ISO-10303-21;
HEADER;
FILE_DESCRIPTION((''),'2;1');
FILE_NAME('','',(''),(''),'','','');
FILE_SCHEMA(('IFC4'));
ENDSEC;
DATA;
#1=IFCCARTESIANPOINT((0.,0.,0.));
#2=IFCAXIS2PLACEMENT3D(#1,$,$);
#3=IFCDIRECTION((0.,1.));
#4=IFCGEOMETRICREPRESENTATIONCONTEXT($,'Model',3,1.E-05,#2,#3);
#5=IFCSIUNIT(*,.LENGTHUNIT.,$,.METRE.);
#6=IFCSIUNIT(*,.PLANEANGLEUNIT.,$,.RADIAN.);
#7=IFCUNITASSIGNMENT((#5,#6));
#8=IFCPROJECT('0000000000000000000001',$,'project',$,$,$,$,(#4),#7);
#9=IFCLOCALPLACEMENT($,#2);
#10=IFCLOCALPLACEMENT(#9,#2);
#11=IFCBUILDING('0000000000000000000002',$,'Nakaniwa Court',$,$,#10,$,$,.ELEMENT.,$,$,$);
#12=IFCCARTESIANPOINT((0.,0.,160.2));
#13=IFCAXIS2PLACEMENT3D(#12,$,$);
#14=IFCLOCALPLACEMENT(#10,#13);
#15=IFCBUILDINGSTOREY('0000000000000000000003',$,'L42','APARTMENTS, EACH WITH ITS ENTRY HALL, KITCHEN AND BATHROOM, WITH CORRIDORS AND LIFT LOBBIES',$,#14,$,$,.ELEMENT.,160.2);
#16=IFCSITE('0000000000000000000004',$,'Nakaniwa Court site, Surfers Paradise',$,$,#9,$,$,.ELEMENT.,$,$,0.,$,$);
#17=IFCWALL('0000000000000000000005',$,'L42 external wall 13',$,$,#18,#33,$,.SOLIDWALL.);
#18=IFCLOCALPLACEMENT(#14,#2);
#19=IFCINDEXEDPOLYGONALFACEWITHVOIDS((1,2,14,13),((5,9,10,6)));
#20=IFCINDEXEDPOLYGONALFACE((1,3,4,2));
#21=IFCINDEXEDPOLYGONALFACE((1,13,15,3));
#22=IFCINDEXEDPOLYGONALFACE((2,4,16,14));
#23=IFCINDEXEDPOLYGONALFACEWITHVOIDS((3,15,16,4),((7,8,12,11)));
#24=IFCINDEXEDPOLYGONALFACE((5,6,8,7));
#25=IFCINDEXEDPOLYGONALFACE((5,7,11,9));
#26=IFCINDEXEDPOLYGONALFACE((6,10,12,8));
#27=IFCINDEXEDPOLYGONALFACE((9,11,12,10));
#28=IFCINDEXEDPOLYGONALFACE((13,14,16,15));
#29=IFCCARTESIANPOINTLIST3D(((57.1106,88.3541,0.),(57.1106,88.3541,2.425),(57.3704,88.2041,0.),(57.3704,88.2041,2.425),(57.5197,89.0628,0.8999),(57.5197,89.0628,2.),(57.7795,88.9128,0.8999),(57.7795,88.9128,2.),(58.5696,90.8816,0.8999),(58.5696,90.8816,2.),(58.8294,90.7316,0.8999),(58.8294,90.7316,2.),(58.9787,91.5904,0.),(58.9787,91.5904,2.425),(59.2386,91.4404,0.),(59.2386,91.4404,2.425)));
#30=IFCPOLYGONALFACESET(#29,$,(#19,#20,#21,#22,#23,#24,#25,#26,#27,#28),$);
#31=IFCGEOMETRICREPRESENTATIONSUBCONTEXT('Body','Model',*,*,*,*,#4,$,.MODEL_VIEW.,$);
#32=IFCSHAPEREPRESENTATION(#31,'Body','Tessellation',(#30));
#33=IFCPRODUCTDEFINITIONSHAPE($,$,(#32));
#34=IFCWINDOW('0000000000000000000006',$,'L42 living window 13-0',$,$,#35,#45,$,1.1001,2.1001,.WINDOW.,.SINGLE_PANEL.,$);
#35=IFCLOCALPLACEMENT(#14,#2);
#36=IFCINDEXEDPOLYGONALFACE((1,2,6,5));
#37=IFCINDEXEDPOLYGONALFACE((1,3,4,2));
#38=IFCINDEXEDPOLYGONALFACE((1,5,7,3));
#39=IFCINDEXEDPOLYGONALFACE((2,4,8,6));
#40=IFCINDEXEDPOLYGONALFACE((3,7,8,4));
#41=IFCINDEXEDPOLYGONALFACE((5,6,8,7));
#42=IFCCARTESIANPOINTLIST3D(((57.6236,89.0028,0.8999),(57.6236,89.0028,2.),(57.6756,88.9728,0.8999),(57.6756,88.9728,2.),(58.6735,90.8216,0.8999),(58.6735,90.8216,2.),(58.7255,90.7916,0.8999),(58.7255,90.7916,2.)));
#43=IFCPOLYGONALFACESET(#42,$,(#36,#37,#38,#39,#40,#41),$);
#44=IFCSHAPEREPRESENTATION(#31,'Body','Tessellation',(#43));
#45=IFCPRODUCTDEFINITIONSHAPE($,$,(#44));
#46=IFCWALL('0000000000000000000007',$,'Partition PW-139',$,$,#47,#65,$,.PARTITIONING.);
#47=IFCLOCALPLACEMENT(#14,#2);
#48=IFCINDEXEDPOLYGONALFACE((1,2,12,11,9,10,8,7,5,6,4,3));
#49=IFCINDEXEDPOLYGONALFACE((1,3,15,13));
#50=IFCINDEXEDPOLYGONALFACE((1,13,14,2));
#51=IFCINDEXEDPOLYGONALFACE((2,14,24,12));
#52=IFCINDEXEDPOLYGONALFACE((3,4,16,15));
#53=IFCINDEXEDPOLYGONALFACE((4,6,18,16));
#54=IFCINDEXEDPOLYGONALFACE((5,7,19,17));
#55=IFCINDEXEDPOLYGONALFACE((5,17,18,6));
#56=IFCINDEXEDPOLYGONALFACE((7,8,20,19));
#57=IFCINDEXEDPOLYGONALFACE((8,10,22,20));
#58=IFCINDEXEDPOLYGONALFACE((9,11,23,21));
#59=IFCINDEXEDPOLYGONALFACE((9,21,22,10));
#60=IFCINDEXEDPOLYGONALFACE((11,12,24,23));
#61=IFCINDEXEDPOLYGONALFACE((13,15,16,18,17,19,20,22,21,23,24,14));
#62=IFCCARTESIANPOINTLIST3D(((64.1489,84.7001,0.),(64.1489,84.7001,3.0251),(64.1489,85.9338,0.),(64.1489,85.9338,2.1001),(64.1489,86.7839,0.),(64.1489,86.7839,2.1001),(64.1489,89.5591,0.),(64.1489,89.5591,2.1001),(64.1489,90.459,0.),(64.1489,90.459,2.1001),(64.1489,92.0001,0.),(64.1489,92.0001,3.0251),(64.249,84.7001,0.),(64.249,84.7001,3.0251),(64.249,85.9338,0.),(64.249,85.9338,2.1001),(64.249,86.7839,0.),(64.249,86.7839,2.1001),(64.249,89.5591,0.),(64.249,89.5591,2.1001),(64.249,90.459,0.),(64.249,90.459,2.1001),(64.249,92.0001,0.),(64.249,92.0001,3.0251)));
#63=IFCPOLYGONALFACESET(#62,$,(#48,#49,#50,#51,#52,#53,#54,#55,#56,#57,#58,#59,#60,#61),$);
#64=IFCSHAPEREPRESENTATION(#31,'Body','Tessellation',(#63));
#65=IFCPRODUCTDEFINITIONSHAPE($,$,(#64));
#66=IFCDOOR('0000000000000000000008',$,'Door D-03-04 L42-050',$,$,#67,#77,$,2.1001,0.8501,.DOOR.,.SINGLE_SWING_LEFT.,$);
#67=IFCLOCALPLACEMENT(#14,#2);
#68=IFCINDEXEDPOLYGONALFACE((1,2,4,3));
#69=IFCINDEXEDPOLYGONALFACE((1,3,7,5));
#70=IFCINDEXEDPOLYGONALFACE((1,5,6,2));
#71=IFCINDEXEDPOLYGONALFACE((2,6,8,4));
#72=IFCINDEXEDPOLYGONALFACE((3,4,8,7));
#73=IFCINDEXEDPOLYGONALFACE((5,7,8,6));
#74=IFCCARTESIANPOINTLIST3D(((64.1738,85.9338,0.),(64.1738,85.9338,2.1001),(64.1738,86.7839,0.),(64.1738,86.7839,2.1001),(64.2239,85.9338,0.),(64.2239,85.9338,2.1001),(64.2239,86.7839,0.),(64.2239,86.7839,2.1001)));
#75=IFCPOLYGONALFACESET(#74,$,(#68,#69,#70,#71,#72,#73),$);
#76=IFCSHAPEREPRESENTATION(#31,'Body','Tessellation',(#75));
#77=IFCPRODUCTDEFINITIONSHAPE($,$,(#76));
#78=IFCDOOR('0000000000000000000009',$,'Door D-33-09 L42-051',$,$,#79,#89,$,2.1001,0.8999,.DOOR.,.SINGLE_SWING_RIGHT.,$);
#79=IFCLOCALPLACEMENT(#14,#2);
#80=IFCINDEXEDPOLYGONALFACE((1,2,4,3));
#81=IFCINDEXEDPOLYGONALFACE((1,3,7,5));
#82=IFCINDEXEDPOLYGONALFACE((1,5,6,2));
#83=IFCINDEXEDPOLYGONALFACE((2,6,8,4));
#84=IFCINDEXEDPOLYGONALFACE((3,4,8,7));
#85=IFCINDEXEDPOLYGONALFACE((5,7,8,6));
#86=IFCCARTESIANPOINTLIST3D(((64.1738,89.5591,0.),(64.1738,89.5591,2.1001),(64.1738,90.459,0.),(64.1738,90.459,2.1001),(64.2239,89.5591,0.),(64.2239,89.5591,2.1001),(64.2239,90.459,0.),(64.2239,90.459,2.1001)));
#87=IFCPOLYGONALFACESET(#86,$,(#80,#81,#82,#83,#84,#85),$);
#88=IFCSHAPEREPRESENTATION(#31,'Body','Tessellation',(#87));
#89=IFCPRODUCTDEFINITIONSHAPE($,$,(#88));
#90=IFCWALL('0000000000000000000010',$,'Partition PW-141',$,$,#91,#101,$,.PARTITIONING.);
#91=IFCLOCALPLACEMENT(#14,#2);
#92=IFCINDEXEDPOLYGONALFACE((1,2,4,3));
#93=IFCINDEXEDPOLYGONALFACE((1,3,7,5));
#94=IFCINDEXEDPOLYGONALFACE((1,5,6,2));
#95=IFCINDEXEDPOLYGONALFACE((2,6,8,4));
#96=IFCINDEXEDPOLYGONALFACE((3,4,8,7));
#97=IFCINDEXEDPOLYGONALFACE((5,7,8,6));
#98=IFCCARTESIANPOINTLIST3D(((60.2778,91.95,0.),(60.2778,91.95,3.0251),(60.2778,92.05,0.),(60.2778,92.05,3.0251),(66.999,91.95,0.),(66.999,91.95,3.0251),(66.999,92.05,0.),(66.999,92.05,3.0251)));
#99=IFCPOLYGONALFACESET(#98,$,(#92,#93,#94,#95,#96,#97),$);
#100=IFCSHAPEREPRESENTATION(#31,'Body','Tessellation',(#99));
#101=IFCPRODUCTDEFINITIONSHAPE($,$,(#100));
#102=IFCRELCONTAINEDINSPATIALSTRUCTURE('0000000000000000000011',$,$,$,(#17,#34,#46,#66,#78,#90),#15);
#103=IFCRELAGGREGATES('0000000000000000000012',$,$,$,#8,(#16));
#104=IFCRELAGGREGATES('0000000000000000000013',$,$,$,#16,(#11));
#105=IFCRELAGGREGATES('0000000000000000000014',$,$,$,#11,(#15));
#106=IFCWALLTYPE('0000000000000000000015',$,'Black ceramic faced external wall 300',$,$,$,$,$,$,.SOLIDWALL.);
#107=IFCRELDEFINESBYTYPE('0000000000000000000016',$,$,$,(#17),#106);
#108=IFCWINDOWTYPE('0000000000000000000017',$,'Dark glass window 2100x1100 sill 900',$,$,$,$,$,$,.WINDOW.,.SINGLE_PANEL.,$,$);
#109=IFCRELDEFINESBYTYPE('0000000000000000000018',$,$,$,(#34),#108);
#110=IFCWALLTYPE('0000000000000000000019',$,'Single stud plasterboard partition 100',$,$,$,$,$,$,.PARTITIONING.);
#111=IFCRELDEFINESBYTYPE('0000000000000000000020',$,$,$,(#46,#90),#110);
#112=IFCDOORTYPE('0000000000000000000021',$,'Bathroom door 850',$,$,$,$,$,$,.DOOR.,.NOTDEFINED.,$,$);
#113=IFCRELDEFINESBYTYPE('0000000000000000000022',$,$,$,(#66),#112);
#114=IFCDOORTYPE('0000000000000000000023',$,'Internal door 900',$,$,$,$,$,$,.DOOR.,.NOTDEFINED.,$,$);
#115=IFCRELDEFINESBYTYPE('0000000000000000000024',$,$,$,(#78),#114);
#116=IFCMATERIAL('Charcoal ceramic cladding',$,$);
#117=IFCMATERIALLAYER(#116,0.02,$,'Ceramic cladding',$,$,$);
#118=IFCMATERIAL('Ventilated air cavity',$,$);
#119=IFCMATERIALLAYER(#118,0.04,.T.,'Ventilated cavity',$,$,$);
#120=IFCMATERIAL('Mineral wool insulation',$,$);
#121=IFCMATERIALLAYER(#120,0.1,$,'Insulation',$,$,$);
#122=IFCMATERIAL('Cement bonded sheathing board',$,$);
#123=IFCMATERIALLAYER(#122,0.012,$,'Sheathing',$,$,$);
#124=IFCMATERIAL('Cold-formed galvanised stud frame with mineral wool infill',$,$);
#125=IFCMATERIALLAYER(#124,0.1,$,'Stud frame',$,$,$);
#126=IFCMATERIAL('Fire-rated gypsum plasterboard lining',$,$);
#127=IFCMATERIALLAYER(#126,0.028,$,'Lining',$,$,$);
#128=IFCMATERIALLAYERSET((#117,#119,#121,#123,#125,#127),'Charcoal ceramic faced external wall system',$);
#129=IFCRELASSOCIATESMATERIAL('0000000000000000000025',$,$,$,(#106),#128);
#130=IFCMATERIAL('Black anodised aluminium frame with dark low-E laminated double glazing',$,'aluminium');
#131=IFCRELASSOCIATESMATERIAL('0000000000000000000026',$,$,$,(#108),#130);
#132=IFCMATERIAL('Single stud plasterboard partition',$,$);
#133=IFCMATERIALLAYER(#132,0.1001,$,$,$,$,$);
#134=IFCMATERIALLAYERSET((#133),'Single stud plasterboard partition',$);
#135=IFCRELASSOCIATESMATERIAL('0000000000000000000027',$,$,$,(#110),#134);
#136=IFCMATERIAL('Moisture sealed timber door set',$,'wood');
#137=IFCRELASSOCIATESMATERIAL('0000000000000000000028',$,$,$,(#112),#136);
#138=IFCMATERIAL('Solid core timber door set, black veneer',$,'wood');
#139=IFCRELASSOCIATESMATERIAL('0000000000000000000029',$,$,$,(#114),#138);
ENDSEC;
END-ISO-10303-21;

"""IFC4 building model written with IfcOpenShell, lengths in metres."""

from ifc_helpers import new_model, si_unit, direction, frame, frame_2d, origin, place, context, subcontext, project, spatial, rectangle, extrude, material, layer, layer_set, type_object, element, fill, save


model = new_model("IFC4")

# Units and contexts
model_context = context("Model", 3, precision=1e-05, world=origin(), true_north=direction((0.0, 1.0)))
body_context = subcontext(model_context, "Body", "Model", "MODEL_VIEW")
ifc_project = project(units=[si_unit("LENGTHUNIT", "METRE"), si_unit("PLANEANGLEUNIT", "RADIAN")], contexts=[model_context])

# Site, building, storey
site_placement = place(None, origin())
site = spatial("IfcSite", under=ifc_project, at=site_placement, Name="Nakaniwa Court site, Surfers Paradise", CompositionType="ELEMENT", RefElevation=0.0)
building_placement = place(site_placement, origin())
building = spatial("IfcBuilding", under=site, at=building_placement, Name="Nakaniwa Court", CompositionType="ELEMENT")
storey_placement = place(building_placement, frame((0.0, 0.0, 160.2)))
storey = spatial("IfcBuildingStorey", under=building, at=storey_placement, Name="L42", Description="APARTMENTS, EACH WITH ITS ENTRY HALL, KITCHEN AND BATHROOM, WITH CORRIDORS AND LIFT LOBBIES", CompositionType="ELEMENT", Elevation=160.2)

# Shared definitions
ifc_material_1 = material(Name="Solid core timber door set, black veneer", Category="wood")

# Shared definitions
ifc_material_2 = material(Name="Charcoal ceramic cladding")
ifc_layer_1 = layer(ifc_material_2, 0.02, Name="Ceramic cladding")
ifc_material_3 = material(Name="Ventilated air cavity")
ifc_layer_2 = layer(ifc_material_3, 0.04, ventilated=True, Name="Ventilated cavity")
ifc_material_4 = material(Name="Mineral wool insulation")
ifc_layer_3 = layer(ifc_material_4, 0.1, Name="Insulation")
ifc_material_5 = material(Name="Cement bonded sheathing board")
ifc_layer_4 = layer(ifc_material_5, 0.012, Name="Sheathing")
ifc_material_6 = material(Name="Cold-formed galvanised stud frame with mineral wool infill")
ifc_layer_5 = layer(ifc_material_6, 0.1, Name="Stud frame")
ifc_material_7 = material(Name="Fire-rated gypsum plasterboard lining")
ifc_layer_6 = layer(ifc_material_7, 0.028, Name="Lining")
ifc_layer_set_1 = layer_set([ifc_layer_1, ifc_layer_2, ifc_layer_3, ifc_layer_4, ifc_layer_5, ifc_layer_6], Name="Charcoal ceramic faced external wall system")
wall_type_1 = type_object("IfcWallType", Name="Black ceramic faced external wall 300", PredefinedType="SOLIDWALL", material=ifc_layer_set_1)

# Wall, opening, window
ifc_material_8 = material(Name="Black anodised aluminium frame with dark low-E laminated double glazing", Category="aluminium")
window_type_1 = type_object("IfcWindowType", Name="Dark glass window 2100x1100 sill 900", PartitioningType="SINGLE_PANEL", PredefinedType="WINDOW", material=ifc_material_8)
wall_1_placement = place(storey_placement, frame((59.1086, 91.5154, 0.0), z_axis=(0.0, 0.0, 1.0), x_axis=(-0.499934, -0.866064, 0.0)))
wall_1 = element("IfcWall", 1, at=wall_1_placement, inside=storey, type_object=wall_type_1, Name="L42 external wall 13", PredefinedType="SOLIDWALL", context=body_context, shape_type="SweptSolid", body=[
    extrude(rectangle(XDim=3.7368, YDim=0.3, at=frame_2d((1.8684, 0.0))), origin(), (0.0, 0.0, 1.0), 2.425),
])
opening_1_placement = place(wall_1_placement, frame((0.8184, 0.0, 0.8999)))
opening_1 = element("IfcOpeningElement", 2, at=opening_1_placement, cuts=wall_1, PredefinedType="OPENING", context=body_context, shape_type="SweptSolid", body=[
    extrude(rectangle(XDim=2.1001, YDim=1.1001, at=frame_2d((1.05, 0.55))), frame((0.0, 0.1599, 0.0), z_axis=(0.0, -1.0, 0.0), x_axis=(1.0, 0.0, 0.0)), (0.0, 0.0, 1.0), 0.3201),
])
window_1_placement = place(opening_1_placement, origin())
window_1 = element("IfcWindow", 3, at=window_1_placement, inside=storey, type_object=window_type_1, Name="L42 living window 13-0", OverallHeight=1.1001, OverallWidth=2.1001, PartitioningType="SINGLE_PANEL", PredefinedType="WINDOW", context=body_context, shape_type="SweptSolid", body=[
    extrude(rectangle(XDim=2.1001, YDim=1.1001, at=frame_2d((1.05, 0.55))), frame((0.0, 0.03, 0.0), z_axis=(0.0, -1.0, 0.0), x_axis=(1.0, 0.0, 0.0)), (0.0, 0.0, 1.0), 0.0601),
])
fill(opening_1, window_1)

# Wall, openings, doors
ifc_material_9 = material(Name="Single stud plasterboard partition")
ifc_layer_7 = layer(ifc_material_9, 0.1001)
ifc_layer_set_2 = layer_set([ifc_layer_7], Name="Single stud plasterboard partition")
wall_type_2 = type_object("IfcWallType", Name="Single stud plasterboard partition 100", PredefinedType="PARTITIONING", material=ifc_layer_set_2)
wall_2_placement = place(storey_placement, frame((64.199, 92.0, 0.0), z_axis=(0.0, 0.0, 1.0), x_axis=(0.0, -1.0, 0.0)))
wall_2 = element("IfcWall", 4, at=wall_2_placement, inside=storey, type_object=wall_type_2, Name="Partition PW-139", PredefinedType="PARTITIONING", context=body_context, shape_type="SweptSolid", body=[
    extrude(rectangle(XDim=7.3, YDim=0.1001, at=frame_2d((3.6499, 0.0))), origin(), (0.0, 0.0, 1.0), 3.0251),
])
opening_2_placement = place(wall_2_placement, frame((5.2161, 0.0, 0.0)))
opening_2 = element("IfcOpeningElement", 5, at=opening_2_placement, cuts=wall_2, PredefinedType="OPENING", context=body_context, shape_type="SweptSolid", body=[
    extrude(rectangle(XDim=0.8501, YDim=2.1001, at=frame_2d((0.425, 1.05))), frame((0.0, 0.0601, 0.0), z_axis=(0.0, -1.0, 0.0), x_axis=(1.0, 0.0, 0.0)), (0.0, 0.0, 1.0), 0.1201),
])
opening_3_placement = place(wall_2_placement, frame((1.541, 0.0, 0.0)))
opening_3 = element("IfcOpeningElement", 6, at=opening_3_placement, cuts=wall_2, PredefinedType="OPENING", context=body_context, shape_type="SweptSolid", body=[
    extrude(rectangle(XDim=0.8999, YDim=2.1001, at=frame_2d((0.45, 1.05))), frame((0.0, 0.0601, 0.0), z_axis=(0.0, -1.0, 0.0), x_axis=(1.0, 0.0, 0.0)), (0.0, 0.0, 1.0), 0.1201),
])
ifc_material_10 = material(Name="Moisture sealed timber door set", Category="wood")
door_type_1 = type_object("IfcDoorType", Name="Bathroom door 850", OperationType="NOTDEFINED", PredefinedType="DOOR", material=ifc_material_10)
door_1_placement = place(opening_2_placement, origin())
door_1 = element("IfcDoor", 7, at=door_1_placement, inside=storey, type_object=door_type_1, Name="Door D-03-04 L42-050", OperationType="SINGLE_SWING_LEFT", OverallHeight=2.1001, OverallWidth=0.8501, PredefinedType="DOOR", context=body_context, shape_type="SweptSolid", body=[
    extrude(rectangle(XDim=0.8501, YDim=2.1001, at=frame_2d((0.425, 1.05))), frame((0.0, 0.0249, 0.0), z_axis=(0.0, -1.0, 0.0), x_axis=(1.0, 0.0, 0.0)), (0.0, 0.0, 1.0), 0.05),
])
fill(opening_2, door_1)
door_type_2 = type_object("IfcDoorType", Name="Internal door 900", OperationType="NOTDEFINED", PredefinedType="DOOR", material=ifc_material_1)
door_2_placement = place(opening_3_placement, origin())
door_2 = element("IfcDoor", 8, at=door_2_placement, inside=storey, type_object=door_type_2, Name="Door D-33-09 L42-051", OperationType="SINGLE_SWING_RIGHT", OverallHeight=2.1001, OverallWidth=0.8999, PredefinedType="DOOR", context=body_context, shape_type="SweptSolid", body=[
    extrude(rectangle(XDim=0.8999, YDim=2.1001, at=frame_2d((0.45, 1.05))), frame((0.0, 0.0249, 0.0), z_axis=(0.0, -1.0, 0.0), x_axis=(1.0, 0.0, 0.0)), (0.0, 0.0, 1.0), 0.05),
])
fill(opening_3, door_2)

# Wall
wall_3_placement = place(storey_placement, frame((60.2778, 92.0, 0.0), z_axis=(0.0, 0.0, 1.0), x_axis=(1.0, 0.0, 0.0)))
element("IfcWall", 9, at=wall_3_placement, inside=storey, type_object=wall_type_2, Name="Partition PW-141", PredefinedType="PARTITIONING", context=body_context, shape_type="SweptSolid", body=[
    extrude(rectangle(XDim=6.7212, YDim=0.1001, at=frame_2d((3.3606, 0.0))), origin(), (0.0, 0.0, 1.0), 3.0251),
])

save(model, "model.ifc")
